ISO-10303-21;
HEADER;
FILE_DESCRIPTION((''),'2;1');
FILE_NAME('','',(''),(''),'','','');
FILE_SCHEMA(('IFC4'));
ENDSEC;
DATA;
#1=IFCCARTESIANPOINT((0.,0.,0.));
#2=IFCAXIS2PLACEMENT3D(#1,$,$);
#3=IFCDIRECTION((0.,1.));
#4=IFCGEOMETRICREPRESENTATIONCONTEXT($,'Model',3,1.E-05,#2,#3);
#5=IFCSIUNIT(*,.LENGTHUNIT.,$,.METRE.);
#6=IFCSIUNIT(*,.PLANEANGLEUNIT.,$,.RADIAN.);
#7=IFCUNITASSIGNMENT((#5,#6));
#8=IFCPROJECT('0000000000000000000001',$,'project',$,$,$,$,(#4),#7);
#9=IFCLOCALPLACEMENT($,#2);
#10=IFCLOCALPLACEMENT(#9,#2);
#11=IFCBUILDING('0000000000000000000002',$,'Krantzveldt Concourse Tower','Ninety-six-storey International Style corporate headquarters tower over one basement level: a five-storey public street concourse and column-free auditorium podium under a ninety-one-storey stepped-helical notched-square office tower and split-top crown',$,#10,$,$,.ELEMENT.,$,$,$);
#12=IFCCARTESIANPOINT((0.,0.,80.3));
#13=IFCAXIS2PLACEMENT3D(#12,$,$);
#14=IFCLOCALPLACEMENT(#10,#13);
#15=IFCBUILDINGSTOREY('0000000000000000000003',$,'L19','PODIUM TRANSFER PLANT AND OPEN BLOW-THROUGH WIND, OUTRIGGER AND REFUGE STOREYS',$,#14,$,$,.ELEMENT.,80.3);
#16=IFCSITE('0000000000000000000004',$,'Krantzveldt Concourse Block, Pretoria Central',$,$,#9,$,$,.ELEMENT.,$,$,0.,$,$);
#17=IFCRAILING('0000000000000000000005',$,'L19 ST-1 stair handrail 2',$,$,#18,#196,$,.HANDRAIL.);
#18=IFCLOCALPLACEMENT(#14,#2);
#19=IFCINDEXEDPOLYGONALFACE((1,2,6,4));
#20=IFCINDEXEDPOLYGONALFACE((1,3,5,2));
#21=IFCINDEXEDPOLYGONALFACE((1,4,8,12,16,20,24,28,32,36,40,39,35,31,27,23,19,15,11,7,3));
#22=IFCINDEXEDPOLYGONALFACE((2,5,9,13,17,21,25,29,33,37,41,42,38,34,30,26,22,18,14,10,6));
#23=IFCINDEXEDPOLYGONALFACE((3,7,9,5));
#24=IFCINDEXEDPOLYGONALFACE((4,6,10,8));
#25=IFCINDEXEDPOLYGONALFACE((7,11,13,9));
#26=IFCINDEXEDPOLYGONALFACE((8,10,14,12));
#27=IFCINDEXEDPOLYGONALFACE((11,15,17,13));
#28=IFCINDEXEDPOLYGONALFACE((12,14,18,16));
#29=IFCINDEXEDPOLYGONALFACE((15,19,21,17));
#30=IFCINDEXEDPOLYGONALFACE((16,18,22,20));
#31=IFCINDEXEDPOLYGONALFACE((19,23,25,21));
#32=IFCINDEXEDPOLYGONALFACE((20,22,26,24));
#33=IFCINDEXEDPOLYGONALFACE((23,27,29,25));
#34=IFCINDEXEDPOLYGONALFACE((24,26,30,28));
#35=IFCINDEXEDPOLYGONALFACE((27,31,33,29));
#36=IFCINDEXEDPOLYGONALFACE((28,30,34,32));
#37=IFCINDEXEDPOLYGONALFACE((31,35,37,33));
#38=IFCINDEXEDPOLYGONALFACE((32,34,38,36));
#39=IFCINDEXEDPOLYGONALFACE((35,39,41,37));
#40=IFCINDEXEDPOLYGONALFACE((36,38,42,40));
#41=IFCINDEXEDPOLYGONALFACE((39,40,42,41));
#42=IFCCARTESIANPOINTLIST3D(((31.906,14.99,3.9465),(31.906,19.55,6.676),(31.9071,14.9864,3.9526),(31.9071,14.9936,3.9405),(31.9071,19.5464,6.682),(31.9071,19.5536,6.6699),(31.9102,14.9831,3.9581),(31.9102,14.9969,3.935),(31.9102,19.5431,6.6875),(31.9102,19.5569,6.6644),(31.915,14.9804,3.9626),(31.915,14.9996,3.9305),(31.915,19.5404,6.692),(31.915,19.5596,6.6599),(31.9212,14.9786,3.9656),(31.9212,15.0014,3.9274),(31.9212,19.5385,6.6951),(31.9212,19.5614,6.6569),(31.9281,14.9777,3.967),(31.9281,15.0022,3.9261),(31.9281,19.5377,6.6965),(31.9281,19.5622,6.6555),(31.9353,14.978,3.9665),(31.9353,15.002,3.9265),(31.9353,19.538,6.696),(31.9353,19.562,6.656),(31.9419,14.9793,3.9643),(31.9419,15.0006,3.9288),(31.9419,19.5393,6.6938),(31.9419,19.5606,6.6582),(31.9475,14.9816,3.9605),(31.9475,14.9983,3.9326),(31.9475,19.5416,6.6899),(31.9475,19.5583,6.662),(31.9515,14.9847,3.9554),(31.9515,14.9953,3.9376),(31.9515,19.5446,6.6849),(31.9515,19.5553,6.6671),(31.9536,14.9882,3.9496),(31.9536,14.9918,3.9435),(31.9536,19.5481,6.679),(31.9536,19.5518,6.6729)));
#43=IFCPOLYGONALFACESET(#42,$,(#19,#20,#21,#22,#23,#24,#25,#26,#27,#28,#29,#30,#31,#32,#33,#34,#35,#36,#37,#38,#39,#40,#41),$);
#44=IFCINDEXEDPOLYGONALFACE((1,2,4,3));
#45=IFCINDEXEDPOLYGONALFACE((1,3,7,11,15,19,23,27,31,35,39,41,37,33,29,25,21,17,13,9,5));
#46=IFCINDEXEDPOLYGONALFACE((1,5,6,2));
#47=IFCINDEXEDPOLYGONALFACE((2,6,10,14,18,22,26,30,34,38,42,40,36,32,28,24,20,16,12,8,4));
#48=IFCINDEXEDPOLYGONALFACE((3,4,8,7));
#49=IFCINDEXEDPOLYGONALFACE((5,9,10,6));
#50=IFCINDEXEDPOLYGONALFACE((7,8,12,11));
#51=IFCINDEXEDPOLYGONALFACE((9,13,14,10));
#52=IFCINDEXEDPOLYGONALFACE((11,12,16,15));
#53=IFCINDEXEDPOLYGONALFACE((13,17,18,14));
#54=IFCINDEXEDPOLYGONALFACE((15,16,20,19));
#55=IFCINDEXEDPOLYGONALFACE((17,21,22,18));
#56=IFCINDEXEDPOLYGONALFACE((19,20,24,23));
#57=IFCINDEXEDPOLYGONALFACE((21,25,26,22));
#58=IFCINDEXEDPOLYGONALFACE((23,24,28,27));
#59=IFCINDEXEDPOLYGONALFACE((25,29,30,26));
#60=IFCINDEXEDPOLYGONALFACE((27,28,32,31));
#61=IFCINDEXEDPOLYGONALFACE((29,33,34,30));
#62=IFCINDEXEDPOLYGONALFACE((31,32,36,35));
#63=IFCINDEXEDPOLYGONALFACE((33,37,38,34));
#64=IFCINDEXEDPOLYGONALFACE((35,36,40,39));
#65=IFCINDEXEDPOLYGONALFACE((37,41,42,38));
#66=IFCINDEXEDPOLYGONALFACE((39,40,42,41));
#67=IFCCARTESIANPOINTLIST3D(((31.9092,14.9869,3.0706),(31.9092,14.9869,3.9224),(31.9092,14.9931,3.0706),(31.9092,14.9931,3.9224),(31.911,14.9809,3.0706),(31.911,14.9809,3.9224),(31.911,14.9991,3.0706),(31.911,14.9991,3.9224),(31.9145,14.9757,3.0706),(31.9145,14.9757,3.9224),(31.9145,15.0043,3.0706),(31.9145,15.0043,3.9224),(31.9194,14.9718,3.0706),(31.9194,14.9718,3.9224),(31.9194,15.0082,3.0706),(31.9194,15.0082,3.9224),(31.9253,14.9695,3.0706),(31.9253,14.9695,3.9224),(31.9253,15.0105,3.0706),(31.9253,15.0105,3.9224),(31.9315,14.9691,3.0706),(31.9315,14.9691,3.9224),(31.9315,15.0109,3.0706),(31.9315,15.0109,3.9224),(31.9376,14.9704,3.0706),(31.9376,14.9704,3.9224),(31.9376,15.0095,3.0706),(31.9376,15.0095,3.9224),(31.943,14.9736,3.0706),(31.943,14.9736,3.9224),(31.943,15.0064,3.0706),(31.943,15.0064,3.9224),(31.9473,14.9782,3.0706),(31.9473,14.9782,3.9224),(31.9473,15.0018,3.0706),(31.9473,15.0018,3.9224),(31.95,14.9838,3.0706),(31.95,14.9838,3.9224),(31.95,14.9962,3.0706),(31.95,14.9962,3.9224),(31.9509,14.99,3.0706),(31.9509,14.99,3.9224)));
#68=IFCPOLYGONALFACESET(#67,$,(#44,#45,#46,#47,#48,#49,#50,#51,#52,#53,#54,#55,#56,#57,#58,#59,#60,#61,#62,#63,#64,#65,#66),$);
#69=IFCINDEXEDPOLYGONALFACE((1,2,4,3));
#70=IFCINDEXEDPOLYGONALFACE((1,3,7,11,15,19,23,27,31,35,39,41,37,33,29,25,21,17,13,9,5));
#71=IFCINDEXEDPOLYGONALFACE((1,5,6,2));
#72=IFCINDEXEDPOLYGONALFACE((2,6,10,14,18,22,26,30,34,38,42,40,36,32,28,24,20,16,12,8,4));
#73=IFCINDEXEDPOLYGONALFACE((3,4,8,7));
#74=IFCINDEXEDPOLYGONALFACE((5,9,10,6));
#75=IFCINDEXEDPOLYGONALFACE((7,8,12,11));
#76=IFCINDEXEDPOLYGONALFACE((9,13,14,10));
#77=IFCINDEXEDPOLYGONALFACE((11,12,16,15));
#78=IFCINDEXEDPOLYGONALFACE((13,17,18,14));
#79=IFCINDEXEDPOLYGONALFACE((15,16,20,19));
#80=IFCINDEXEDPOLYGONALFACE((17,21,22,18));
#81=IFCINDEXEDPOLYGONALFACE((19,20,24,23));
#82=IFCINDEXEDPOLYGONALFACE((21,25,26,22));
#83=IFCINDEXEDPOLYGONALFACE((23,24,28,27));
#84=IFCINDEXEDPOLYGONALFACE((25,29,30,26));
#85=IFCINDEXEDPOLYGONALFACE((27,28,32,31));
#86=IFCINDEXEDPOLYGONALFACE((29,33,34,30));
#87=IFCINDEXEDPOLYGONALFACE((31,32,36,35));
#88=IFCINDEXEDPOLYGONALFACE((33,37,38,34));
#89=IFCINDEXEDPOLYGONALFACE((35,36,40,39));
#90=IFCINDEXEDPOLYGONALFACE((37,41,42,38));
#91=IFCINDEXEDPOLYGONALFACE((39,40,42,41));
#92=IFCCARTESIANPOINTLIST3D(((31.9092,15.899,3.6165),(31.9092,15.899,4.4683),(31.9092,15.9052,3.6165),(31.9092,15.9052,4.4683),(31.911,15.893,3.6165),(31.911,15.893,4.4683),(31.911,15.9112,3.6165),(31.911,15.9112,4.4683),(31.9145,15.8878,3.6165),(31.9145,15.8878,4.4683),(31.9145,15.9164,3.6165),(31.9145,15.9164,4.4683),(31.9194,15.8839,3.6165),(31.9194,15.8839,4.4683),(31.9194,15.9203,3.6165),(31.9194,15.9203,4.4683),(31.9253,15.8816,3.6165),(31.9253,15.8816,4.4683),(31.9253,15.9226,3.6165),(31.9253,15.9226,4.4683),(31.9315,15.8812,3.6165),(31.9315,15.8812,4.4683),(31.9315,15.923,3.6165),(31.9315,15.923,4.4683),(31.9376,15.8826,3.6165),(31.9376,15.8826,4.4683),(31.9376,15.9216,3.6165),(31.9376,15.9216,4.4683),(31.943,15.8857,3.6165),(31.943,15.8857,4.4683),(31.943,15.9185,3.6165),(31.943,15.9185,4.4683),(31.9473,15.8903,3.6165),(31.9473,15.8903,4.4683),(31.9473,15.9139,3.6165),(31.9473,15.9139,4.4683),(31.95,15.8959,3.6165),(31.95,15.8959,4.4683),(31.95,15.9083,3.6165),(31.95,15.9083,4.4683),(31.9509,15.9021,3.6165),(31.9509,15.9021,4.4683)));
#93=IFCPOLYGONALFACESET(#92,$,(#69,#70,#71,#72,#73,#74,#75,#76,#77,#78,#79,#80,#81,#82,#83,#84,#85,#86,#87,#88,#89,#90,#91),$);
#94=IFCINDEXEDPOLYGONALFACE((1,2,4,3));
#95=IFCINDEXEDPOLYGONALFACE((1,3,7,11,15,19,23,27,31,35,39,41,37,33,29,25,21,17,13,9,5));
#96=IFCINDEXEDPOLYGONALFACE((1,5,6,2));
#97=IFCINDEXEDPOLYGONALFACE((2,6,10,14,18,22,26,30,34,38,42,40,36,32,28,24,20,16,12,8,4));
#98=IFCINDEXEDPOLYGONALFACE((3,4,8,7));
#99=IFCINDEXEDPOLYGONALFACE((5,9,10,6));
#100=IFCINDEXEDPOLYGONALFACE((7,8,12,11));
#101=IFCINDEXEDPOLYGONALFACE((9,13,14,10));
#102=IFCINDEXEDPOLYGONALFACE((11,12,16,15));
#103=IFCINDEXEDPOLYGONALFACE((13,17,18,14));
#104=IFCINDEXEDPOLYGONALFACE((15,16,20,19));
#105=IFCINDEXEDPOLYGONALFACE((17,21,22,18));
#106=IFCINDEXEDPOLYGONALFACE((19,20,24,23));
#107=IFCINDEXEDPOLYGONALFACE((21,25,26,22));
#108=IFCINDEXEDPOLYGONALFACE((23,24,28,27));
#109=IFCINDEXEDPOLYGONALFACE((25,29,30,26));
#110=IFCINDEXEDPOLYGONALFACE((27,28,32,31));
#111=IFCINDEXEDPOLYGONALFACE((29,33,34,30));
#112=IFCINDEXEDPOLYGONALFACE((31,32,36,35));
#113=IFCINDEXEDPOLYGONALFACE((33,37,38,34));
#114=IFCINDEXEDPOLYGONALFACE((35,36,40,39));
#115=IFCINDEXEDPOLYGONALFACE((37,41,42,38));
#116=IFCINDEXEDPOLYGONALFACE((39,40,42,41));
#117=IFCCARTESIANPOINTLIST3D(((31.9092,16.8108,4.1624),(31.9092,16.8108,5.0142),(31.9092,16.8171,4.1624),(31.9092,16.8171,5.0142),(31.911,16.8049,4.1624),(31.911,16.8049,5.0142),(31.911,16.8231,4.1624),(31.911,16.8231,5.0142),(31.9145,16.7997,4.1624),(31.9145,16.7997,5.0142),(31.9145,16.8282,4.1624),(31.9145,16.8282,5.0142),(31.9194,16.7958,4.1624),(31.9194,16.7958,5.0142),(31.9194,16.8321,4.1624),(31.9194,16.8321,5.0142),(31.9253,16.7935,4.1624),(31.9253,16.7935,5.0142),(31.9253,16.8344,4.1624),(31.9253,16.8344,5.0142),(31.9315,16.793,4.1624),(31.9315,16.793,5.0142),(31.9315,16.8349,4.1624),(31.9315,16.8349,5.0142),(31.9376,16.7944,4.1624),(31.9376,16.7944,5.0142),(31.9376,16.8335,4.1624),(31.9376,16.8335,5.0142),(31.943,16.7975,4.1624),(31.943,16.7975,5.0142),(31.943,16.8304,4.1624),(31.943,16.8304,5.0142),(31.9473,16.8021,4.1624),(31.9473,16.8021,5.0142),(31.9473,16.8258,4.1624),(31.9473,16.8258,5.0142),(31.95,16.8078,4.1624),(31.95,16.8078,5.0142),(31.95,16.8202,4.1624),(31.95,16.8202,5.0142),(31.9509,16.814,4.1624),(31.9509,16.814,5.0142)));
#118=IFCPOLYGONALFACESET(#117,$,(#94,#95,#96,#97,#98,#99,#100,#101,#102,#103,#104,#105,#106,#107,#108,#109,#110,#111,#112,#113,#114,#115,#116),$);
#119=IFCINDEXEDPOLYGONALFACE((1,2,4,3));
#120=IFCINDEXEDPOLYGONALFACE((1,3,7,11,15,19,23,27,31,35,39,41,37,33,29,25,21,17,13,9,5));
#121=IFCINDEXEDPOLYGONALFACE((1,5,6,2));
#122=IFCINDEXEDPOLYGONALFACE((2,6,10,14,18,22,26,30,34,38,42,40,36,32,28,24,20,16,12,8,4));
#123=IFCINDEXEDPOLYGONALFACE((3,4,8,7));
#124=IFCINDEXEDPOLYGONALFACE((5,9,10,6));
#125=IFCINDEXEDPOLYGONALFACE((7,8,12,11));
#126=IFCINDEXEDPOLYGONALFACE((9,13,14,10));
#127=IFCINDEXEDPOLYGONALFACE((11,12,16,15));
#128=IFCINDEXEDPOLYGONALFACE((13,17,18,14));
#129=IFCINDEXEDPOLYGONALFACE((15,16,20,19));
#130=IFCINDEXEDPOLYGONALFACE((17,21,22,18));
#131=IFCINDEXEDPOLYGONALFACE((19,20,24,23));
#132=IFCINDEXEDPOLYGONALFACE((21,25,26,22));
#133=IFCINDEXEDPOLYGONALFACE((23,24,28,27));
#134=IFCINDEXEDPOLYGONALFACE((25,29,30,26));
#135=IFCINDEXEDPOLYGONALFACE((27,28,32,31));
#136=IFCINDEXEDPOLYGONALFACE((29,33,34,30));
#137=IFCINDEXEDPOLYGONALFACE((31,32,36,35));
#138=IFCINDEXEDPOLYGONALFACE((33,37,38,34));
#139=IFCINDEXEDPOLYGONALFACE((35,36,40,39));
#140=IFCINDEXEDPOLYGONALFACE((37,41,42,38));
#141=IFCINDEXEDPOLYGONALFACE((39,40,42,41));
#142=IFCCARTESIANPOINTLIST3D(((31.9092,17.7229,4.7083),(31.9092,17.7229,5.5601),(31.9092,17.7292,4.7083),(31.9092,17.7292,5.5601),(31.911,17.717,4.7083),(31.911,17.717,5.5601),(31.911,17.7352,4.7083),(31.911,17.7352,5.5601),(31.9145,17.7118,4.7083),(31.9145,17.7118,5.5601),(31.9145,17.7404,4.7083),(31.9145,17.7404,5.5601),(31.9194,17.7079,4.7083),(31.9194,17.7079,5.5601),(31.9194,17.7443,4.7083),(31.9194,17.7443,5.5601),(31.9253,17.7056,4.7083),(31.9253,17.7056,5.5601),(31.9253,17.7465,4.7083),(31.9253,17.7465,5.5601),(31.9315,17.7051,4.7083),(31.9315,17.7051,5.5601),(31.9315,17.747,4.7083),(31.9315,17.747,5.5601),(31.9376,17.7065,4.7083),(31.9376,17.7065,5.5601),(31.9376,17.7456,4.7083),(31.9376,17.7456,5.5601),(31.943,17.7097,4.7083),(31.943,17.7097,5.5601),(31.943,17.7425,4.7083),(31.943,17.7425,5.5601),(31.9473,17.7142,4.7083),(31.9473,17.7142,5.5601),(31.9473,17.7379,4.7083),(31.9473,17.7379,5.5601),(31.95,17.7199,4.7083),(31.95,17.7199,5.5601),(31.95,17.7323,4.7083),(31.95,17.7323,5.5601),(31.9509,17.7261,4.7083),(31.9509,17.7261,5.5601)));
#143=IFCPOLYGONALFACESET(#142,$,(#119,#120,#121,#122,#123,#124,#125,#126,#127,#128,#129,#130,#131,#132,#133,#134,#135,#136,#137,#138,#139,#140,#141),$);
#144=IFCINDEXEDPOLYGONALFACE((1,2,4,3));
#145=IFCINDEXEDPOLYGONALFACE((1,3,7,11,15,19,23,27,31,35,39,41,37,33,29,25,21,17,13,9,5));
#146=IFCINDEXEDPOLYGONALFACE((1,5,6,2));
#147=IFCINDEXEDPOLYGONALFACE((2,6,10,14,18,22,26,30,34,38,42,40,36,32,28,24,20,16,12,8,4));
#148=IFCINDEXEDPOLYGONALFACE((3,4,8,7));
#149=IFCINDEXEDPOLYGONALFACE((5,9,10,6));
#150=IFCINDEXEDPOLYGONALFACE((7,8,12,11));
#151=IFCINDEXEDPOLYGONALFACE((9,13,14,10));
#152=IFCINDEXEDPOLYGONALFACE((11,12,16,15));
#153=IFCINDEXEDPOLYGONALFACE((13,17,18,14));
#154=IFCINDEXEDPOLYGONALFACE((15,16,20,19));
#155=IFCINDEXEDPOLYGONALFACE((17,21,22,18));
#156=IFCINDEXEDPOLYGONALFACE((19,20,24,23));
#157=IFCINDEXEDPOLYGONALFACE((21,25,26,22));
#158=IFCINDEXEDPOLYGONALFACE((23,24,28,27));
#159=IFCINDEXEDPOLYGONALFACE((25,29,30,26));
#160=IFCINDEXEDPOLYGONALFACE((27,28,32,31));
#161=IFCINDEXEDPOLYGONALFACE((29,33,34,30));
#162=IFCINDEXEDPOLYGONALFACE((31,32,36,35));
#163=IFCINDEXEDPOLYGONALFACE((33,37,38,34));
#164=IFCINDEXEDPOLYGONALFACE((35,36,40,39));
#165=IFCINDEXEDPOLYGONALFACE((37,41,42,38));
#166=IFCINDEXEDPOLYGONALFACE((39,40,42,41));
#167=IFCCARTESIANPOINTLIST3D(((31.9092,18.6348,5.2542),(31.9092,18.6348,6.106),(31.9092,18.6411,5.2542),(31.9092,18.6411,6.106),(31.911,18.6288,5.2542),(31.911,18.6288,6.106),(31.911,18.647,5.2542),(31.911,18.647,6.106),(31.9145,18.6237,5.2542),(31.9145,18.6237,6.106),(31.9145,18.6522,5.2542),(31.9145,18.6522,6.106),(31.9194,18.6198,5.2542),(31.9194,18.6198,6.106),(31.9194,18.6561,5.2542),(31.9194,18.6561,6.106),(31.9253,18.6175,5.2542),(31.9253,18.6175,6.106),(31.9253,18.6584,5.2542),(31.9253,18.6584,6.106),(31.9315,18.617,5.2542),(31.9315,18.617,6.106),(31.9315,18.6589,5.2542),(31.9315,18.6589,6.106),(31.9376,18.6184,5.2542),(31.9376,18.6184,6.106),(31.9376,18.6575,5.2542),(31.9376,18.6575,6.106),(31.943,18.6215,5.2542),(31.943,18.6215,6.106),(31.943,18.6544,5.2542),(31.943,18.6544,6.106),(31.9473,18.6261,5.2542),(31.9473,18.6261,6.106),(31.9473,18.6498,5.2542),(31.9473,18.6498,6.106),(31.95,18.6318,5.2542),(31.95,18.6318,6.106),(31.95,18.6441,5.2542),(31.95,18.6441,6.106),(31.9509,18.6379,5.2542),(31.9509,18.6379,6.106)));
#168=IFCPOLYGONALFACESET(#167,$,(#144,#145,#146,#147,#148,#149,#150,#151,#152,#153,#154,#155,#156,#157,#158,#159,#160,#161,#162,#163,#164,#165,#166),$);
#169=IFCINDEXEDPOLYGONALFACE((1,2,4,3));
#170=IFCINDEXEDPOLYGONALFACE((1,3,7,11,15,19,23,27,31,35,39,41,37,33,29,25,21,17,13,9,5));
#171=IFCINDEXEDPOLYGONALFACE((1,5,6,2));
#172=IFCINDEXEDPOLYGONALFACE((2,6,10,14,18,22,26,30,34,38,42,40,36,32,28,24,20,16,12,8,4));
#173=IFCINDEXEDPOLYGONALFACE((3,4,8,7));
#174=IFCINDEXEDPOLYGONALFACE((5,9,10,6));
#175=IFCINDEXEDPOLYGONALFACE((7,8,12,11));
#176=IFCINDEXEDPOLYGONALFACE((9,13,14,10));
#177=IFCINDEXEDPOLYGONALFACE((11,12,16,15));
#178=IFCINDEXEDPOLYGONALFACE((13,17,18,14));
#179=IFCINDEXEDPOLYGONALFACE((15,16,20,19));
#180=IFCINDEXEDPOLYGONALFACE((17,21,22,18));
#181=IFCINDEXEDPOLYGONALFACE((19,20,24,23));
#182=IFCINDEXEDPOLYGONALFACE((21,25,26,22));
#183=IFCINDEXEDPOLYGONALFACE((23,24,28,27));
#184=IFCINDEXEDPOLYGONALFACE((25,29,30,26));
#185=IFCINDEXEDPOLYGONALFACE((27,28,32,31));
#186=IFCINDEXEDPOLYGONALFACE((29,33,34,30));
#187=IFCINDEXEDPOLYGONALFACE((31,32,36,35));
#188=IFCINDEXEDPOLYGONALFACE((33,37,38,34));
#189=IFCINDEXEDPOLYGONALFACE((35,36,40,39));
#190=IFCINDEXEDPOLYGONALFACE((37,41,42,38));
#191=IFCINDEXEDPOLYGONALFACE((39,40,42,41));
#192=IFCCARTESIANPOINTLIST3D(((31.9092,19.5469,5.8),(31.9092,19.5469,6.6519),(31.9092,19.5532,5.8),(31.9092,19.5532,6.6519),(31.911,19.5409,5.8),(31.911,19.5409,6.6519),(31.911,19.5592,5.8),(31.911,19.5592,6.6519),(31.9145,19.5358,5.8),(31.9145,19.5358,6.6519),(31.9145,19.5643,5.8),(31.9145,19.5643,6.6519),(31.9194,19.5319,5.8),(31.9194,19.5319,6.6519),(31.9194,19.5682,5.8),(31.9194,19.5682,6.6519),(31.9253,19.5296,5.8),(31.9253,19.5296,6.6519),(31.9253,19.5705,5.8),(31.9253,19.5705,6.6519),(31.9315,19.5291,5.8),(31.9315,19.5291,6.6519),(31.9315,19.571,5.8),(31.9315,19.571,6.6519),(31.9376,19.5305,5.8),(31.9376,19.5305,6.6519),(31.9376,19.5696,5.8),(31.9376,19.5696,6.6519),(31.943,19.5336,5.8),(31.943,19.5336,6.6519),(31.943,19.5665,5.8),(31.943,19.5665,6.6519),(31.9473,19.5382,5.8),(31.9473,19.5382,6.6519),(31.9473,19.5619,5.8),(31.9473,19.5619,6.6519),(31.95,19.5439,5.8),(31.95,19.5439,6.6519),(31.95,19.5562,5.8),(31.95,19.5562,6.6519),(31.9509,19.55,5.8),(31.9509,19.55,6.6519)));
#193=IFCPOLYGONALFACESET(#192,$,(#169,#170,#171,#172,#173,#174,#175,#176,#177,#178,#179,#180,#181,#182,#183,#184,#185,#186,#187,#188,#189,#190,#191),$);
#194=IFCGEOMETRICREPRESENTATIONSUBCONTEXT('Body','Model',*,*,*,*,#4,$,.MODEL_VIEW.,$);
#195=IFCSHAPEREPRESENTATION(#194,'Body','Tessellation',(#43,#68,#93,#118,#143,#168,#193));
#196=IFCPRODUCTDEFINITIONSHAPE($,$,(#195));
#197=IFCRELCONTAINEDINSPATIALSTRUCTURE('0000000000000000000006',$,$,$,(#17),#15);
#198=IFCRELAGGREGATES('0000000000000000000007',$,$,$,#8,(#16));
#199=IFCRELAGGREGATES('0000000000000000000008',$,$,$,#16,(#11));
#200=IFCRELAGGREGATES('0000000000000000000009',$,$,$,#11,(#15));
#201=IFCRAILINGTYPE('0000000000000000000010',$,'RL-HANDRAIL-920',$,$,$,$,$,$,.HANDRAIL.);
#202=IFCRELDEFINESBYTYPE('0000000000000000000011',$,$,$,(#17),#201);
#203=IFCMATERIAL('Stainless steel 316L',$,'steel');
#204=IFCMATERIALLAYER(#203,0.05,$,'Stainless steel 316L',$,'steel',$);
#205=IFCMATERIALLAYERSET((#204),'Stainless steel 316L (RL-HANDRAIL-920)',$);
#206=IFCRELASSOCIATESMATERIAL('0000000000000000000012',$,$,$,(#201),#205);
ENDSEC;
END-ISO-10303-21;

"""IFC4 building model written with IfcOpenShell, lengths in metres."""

from ifc_helpers import new_model, si_unit, direction, frame, origin, origin_2d, place, context, subcontext, project, spatial, circle, extrude, material, layer, layer_set, type_object, element, save


model = new_model("IFC4")

# Units and contexts
model_context = context("Model", 3, precision=1e-05, world=origin(), true_north=direction((0.0, 1.0)))
body_context = subcontext(model_context, "Body", "Model", "MODEL_VIEW")
ifc_project = project(units=[si_unit("LENGTHUNIT", "METRE"), si_unit("PLANEANGLEUNIT", "RADIAN")], contexts=[model_context])

# Site, building, storey
site_placement = place(None, origin())
site = spatial("IfcSite", under=ifc_project, at=site_placement, Name="Krantzveldt Concourse Block, Pretoria Central", CompositionType="ELEMENT", RefElevation=0.0)
building_placement = place(site_placement, origin())
building = spatial("IfcBuilding", under=site, at=building_placement, Name="Krantzveldt Concourse Tower", Description="Ninety-six-storey International Style corporate headquarters tower over one basement level: a five-storey public street concourse and column-free auditorium podium under a ninety-one-storey stepped-helical notched-square office tower and split-top crown", CompositionType="ELEMENT")
storey_placement = place(building_placement, frame((0.0, 0.0, 80.3)))
storey = spatial("IfcBuildingStorey", under=building, at=storey_placement, Name="L19", Description="PODIUM TRANSFER PLANT AND OPEN BLOW-THROUGH WIND, OUTRIGGER AND REFUGE STOREYS", CompositionType="ELEMENT", Elevation=80.3)

# Shared definitions
ifc_material_1 = material(Name="Stainless steel 316L", Category="steel")

# Railing
ifc_layer_1 = layer(ifc_material_1, 0.05, Name="Stainless steel 316L", Category="steel")
ifc_layer_set_1 = layer_set([ifc_layer_1], Name="Stainless steel 316L (RL-HANDRAIL-920)")
railing_type_1 = type_object("IfcRailingType", Name="RL-HANDRAIL-920", PredefinedType="HANDRAIL", material=ifc_layer_set_1)
railing_1_placement = place(storey_placement, frame((31.9299, 14.99, 3.0706)))
element("IfcRailing", 1, at=railing_1_placement, inside=storey, type_object=railing_type_1, Name="L19 ST-1 stair handrail 2", PredefinedType="HANDRAIL", context=body_context, shape_type="SweptSolid", body=[
    extrude(circle(Radius=0.0239, at=origin_2d()), frame((0.0, 0.0, 0.876), z_axis=(0.0, 0.858036, 0.51359), x_axis=(-1.0, 0.0, 0.0)), (0.0, 0.0, 1.0), 5.3145),
    extrude(circle(Radius=0.021, at=origin_2d()), origin(), (0.0, 0.0, 1.0), 0.8518),
    extrude(circle(Radius=0.021, at=origin_2d()), frame((0.0, 0.9121, 0.5459)), (0.0, 0.0, 1.0), 0.8518),
    extrude(circle(Radius=0.021, at=origin_2d()), frame((0.0, 1.824, 1.0918)), (0.0, 0.0, 1.0), 0.8518),
    extrude(circle(Radius=0.021, at=origin_2d()), frame((0.0, 2.7361, 1.6377)), (0.0, 0.0, 1.0), 0.8518),
    extrude(circle(Radius=0.021, at=origin_2d()), frame((0.0, 3.6479, 2.1836)), (0.0, 0.0, 1.0), 0.8518),
    extrude(circle(Radius=0.021, at=origin_2d()), frame((0.0, 4.5601, 2.7295)), (0.0, 0.0, 1.0), 0.8518),
])

save(model, "model.ifc")
